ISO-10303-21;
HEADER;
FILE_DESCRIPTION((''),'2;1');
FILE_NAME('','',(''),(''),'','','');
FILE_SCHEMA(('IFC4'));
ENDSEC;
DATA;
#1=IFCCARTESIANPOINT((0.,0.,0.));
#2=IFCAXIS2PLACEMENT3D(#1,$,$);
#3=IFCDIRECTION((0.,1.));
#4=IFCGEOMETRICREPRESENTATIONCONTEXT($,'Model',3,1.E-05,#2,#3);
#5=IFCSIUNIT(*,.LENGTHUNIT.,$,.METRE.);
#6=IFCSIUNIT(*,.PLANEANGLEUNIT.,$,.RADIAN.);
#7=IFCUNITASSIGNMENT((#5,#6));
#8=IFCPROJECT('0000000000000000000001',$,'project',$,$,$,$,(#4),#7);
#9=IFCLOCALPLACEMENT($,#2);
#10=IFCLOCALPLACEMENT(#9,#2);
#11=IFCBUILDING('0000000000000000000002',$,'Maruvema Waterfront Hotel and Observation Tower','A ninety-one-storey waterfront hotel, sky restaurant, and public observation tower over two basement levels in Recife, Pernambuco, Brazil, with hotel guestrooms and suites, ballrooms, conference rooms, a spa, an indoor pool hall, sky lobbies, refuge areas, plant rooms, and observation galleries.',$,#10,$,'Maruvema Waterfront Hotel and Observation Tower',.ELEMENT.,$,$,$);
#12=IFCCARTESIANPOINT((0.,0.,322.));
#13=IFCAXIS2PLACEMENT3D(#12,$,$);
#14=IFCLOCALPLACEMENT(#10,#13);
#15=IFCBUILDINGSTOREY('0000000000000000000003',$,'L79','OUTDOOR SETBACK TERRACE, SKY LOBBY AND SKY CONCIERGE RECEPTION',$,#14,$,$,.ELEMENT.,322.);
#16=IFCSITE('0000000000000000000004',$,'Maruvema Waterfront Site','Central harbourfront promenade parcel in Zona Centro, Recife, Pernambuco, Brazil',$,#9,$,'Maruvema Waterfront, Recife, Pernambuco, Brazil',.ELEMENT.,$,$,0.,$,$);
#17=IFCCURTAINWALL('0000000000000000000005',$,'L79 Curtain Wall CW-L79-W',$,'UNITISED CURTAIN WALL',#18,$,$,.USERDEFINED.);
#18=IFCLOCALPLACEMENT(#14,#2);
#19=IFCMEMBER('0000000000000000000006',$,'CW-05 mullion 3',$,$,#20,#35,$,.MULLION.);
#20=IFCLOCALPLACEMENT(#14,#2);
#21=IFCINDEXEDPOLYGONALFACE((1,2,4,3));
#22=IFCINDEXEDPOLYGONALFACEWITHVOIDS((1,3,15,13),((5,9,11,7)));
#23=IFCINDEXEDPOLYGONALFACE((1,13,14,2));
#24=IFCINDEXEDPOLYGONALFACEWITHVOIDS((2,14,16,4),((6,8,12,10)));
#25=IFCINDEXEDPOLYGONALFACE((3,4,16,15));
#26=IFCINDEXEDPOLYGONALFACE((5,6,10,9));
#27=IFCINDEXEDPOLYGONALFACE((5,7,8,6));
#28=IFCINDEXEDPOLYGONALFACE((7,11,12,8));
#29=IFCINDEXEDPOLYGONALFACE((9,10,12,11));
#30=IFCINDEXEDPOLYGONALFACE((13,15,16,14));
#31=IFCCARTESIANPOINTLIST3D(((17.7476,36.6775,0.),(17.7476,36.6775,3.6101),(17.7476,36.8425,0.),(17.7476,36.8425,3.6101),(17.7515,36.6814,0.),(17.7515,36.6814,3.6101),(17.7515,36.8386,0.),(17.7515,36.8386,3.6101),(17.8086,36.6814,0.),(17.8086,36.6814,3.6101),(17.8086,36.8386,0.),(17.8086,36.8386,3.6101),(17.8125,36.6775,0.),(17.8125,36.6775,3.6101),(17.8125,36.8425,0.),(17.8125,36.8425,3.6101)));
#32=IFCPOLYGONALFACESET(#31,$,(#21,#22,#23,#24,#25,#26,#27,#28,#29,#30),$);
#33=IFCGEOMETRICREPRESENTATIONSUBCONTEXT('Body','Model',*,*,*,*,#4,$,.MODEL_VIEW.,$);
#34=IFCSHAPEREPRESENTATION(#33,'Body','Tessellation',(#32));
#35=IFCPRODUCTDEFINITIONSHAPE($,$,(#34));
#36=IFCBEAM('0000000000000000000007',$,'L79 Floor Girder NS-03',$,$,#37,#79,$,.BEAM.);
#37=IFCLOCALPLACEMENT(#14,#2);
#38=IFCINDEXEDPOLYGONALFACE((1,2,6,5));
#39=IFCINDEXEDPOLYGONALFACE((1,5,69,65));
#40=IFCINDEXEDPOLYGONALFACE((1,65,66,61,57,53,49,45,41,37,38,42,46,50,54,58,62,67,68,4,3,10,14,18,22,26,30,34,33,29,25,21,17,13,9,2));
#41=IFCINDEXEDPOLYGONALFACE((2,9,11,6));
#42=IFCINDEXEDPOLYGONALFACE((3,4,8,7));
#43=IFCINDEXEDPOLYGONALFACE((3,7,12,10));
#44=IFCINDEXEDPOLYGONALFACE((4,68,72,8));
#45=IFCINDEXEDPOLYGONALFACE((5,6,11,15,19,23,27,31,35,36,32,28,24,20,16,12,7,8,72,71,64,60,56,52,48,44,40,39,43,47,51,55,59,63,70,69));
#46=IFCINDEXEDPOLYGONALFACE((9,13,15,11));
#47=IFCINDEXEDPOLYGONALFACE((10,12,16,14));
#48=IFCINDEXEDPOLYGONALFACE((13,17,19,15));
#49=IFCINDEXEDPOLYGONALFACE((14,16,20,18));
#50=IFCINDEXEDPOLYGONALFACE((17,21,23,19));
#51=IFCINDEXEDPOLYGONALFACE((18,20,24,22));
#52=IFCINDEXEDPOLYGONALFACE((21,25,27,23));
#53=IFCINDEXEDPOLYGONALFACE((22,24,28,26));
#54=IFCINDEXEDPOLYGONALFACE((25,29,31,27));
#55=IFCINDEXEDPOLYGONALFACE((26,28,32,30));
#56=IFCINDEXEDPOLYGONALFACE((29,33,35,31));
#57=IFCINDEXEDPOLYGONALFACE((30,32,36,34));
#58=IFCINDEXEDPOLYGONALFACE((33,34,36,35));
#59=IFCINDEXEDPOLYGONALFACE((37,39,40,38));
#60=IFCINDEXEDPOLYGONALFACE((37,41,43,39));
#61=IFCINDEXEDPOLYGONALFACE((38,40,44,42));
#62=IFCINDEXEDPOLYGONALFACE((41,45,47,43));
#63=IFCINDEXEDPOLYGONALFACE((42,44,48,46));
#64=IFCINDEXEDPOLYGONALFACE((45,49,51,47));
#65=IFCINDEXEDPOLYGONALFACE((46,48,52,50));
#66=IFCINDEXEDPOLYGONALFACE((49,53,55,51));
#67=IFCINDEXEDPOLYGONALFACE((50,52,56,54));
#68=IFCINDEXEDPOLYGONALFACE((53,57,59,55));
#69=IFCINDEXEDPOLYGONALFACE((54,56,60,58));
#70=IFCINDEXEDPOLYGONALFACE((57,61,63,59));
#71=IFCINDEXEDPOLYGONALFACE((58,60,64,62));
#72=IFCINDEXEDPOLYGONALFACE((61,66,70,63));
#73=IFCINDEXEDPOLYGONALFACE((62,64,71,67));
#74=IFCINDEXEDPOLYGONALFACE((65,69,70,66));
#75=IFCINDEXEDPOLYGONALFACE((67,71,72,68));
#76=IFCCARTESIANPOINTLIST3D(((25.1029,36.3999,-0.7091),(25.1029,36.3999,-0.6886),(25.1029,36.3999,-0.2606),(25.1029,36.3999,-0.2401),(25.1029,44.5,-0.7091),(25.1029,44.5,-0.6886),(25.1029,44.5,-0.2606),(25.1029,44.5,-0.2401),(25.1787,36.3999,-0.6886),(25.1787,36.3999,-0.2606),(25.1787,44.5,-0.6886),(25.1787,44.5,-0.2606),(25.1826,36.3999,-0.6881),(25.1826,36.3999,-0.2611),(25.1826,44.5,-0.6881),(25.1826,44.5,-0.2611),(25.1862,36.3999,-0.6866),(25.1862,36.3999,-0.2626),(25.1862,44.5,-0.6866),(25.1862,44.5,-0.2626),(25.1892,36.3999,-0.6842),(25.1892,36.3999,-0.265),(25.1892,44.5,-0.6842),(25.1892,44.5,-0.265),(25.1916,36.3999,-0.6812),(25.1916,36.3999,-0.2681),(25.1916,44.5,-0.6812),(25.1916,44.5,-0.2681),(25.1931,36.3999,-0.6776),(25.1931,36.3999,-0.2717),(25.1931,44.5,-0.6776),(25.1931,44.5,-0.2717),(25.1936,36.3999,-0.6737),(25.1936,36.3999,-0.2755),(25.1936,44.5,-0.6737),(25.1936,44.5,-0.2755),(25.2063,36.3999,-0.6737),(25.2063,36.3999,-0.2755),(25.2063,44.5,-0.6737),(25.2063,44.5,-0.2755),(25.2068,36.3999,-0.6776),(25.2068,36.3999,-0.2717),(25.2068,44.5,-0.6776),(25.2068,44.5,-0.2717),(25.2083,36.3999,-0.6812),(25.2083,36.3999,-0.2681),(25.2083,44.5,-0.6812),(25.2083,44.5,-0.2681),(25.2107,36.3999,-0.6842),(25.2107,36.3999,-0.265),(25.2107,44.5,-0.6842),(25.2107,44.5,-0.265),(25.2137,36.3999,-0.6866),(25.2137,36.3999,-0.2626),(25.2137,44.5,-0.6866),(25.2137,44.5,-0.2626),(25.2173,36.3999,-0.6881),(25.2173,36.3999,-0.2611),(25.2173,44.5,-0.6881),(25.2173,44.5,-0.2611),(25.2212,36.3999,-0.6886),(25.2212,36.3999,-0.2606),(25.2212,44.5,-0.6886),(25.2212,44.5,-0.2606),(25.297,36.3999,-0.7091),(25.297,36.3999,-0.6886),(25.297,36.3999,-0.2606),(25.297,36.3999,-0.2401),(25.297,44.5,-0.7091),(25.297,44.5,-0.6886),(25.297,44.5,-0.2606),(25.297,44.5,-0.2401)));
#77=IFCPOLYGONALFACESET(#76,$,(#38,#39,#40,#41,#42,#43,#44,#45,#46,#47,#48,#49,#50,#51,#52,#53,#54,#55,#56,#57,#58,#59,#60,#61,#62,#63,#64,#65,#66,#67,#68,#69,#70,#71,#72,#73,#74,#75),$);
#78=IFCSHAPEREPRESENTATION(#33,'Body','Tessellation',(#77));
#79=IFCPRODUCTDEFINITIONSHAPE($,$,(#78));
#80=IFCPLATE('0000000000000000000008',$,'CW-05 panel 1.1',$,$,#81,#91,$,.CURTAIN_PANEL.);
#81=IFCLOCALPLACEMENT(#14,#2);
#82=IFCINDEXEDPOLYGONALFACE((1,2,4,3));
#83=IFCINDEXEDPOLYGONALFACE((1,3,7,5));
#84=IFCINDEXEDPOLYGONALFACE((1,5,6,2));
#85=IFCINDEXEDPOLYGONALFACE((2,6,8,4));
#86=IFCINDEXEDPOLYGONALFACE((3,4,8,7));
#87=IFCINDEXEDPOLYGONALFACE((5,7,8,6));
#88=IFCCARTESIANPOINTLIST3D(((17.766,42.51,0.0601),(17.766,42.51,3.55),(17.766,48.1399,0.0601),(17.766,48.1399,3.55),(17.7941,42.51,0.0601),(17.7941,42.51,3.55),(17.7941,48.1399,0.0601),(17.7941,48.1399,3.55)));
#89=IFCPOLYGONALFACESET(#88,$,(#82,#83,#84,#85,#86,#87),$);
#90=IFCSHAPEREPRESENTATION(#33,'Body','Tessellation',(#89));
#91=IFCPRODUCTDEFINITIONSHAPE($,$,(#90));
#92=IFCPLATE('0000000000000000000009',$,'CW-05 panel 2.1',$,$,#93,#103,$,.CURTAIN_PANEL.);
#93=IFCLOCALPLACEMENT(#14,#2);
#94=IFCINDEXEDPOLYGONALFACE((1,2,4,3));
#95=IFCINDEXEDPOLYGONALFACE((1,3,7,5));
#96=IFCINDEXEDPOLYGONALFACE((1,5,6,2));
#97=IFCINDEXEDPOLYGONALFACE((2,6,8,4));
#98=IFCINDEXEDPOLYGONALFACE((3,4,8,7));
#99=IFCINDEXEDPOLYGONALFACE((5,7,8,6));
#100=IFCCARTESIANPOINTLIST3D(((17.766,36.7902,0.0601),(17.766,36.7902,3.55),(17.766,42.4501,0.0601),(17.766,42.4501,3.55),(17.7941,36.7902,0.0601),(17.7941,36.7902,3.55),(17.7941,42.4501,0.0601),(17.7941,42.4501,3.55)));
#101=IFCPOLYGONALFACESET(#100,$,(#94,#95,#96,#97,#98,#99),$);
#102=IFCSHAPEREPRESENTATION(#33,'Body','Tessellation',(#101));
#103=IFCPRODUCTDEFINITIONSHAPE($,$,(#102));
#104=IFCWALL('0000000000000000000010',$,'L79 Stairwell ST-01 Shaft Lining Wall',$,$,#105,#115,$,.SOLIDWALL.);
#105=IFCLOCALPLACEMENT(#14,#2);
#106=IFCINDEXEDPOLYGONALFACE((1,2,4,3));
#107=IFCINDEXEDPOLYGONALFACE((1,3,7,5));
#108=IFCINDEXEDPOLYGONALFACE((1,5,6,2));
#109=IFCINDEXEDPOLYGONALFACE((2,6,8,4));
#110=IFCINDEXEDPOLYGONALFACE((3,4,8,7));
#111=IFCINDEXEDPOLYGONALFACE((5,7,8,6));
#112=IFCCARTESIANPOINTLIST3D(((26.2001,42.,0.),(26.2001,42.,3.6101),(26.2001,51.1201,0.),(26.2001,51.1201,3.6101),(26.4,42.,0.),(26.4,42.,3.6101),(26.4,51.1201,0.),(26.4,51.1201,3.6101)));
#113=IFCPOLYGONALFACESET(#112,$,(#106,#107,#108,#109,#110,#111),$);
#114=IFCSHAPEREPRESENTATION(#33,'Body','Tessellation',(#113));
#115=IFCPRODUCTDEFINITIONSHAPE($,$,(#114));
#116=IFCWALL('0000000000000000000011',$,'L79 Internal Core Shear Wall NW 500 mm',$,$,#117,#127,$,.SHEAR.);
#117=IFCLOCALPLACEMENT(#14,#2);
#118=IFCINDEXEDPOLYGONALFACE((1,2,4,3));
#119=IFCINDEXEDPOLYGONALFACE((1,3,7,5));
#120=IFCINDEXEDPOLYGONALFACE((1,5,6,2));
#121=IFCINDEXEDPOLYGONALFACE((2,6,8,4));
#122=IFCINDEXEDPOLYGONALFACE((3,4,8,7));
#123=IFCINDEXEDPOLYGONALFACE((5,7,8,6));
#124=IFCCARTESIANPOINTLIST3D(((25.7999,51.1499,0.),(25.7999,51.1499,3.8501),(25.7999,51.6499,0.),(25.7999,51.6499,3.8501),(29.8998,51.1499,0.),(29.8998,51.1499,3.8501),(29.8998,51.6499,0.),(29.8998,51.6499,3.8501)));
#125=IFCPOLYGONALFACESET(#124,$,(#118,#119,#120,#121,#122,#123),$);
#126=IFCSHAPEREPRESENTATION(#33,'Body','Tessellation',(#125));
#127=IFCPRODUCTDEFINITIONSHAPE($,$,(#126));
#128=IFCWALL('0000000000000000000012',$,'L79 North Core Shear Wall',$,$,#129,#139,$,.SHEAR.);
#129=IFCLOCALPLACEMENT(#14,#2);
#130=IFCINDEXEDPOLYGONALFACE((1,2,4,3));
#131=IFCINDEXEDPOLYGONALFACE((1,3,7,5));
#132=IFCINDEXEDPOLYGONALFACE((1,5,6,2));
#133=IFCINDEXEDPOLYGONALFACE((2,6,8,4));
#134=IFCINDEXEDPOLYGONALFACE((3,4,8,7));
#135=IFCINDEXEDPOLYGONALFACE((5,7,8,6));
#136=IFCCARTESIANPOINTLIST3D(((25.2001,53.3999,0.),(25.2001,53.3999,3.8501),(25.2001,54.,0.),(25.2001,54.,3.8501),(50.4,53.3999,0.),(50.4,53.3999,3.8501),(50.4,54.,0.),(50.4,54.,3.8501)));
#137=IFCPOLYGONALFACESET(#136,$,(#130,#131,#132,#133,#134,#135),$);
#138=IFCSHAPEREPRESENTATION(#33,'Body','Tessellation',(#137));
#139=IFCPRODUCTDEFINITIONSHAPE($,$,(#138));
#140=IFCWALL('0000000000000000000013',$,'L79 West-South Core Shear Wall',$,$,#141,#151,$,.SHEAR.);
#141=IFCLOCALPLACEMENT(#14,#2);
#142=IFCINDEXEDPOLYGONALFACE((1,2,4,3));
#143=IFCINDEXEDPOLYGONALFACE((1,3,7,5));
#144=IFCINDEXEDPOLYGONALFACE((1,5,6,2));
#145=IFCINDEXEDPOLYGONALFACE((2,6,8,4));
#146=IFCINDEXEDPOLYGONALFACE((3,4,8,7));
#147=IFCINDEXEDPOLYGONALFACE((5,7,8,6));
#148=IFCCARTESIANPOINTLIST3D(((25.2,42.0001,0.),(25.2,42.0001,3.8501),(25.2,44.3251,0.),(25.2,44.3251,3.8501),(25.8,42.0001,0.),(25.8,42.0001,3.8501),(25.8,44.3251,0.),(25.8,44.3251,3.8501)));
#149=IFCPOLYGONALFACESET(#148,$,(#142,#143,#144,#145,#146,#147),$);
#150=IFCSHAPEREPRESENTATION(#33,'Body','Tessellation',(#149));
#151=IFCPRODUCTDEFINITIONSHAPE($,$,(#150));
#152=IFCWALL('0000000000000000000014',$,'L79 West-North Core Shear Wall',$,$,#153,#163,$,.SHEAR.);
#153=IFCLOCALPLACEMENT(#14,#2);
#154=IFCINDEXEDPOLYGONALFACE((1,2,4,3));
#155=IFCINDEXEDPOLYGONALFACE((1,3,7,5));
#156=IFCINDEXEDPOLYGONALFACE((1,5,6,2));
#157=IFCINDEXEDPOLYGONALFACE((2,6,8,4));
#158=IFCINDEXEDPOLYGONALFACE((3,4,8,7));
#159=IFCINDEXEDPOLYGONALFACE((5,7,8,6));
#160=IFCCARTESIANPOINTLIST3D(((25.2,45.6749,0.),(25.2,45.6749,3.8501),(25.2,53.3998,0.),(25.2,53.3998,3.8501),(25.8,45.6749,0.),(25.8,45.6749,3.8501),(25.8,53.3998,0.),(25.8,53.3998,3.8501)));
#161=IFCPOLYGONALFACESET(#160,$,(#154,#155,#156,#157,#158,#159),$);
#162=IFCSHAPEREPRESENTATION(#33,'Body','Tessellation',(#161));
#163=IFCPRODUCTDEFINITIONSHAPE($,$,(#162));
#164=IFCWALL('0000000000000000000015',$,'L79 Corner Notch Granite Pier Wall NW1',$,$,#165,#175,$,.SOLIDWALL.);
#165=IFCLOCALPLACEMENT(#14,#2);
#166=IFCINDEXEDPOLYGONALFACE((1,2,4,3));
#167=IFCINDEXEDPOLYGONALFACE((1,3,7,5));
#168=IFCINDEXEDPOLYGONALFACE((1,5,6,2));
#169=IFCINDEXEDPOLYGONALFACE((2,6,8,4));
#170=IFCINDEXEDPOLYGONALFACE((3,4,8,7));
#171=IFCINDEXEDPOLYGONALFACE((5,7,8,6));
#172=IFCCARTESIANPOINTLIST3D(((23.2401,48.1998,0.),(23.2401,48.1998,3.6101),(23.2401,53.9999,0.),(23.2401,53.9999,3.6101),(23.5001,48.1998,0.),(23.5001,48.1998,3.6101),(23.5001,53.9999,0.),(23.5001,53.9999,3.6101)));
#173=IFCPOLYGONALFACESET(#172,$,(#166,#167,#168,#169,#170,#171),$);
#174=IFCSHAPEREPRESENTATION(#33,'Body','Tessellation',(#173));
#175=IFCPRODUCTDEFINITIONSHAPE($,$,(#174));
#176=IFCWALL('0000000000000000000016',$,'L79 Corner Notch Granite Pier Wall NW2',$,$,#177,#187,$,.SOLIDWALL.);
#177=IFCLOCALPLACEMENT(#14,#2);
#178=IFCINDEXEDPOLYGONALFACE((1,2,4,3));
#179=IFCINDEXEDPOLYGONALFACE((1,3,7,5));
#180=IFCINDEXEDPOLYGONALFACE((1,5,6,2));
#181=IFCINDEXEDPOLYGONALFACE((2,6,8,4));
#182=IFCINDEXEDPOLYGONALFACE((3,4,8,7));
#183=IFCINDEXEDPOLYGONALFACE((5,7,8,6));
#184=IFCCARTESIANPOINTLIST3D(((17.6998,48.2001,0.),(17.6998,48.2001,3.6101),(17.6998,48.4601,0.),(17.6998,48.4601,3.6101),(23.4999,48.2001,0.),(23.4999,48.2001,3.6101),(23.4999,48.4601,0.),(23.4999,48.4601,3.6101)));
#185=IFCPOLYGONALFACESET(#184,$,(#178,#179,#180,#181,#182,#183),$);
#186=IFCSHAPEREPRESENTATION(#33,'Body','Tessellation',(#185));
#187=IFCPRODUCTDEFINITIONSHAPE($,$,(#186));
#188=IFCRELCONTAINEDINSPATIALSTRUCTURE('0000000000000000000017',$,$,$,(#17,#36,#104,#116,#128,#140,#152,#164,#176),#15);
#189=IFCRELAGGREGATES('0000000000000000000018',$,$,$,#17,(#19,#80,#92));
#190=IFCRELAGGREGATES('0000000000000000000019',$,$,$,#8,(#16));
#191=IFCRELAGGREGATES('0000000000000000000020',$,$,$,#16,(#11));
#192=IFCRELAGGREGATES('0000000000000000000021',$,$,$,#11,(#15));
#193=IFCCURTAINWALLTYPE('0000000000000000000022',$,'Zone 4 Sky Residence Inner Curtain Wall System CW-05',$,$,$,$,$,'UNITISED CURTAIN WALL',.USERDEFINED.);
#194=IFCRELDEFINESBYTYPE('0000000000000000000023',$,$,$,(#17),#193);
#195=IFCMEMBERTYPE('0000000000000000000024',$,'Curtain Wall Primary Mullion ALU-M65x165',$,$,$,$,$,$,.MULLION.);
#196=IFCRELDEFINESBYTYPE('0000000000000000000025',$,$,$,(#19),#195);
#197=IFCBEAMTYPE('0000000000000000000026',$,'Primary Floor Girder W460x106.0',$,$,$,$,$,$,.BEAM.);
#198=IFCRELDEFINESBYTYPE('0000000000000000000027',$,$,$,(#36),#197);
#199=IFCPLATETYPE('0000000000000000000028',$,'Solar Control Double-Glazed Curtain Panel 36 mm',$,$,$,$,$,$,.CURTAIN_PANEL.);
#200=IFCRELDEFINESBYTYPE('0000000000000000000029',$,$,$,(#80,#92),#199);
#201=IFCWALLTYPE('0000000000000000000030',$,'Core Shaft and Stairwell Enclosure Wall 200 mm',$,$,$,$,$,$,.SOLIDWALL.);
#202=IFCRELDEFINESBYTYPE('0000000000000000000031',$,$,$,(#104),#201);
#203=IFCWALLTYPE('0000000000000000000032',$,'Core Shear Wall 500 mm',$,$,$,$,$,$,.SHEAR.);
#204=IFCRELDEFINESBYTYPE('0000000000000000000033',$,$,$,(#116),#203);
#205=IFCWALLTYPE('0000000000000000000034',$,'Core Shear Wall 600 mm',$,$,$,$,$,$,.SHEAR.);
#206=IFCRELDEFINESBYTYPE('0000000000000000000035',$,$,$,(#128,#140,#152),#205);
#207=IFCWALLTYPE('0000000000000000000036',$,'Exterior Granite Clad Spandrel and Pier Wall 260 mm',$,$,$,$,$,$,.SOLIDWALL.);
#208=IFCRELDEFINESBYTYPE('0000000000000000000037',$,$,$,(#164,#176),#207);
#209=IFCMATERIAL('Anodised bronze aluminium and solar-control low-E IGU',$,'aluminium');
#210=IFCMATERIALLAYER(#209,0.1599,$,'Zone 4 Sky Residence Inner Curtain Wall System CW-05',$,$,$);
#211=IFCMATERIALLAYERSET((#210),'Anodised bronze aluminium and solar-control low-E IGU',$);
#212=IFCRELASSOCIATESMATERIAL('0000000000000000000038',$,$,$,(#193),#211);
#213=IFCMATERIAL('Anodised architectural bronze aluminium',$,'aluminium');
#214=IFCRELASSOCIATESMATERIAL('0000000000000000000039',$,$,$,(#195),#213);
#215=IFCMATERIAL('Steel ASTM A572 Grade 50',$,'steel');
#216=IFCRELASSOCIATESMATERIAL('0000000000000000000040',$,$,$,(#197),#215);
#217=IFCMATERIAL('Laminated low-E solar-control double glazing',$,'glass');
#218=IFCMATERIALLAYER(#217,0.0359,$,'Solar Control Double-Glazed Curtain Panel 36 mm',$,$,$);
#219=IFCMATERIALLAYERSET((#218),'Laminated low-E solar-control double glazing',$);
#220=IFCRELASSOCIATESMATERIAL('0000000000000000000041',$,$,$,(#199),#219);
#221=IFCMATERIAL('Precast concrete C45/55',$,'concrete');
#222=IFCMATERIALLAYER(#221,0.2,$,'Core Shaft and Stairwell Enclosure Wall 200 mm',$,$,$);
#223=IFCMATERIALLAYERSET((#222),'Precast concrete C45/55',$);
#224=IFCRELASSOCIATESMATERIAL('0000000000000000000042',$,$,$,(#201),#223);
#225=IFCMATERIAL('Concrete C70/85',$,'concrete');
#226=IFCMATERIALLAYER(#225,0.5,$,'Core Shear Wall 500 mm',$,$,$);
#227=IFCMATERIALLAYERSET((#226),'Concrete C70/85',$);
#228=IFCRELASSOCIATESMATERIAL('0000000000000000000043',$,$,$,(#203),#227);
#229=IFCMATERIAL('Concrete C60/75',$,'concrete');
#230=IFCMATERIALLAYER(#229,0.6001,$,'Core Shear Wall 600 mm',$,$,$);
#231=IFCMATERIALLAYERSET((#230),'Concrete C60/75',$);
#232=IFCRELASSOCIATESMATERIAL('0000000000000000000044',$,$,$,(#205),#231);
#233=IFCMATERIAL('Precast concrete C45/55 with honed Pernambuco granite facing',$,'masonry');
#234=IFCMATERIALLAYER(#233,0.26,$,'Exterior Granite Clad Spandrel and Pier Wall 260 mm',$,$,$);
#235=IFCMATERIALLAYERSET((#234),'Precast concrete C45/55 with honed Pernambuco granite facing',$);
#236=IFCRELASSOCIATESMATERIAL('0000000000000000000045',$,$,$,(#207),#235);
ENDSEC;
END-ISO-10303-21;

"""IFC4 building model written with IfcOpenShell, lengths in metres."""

from ifc_helpers import new_model, si_unit, direction, frame, frame_2d, origin, origin_2d, place, context, subcontext, project, spatial, rectangle, hollow_rectangle, i_section, extrude, material, layer, layer_set, material_profile, profile_set, type_object, element, aggregate, save


model = new_model("IFC4")

# Units and contexts
model_context = context("Model", 3, precision=1e-05, world=origin(), true_north=direction((0.0, 1.0)))
body_context = subcontext(model_context, "Body", "Model", "MODEL_VIEW")
ifc_project = project(units=[si_unit("LENGTHUNIT", "METRE"), si_unit("PLANEANGLEUNIT", "RADIAN")], contexts=[model_context])

# Site, building, storey
site_placement = place(None, origin())
site = spatial("IfcSite", under=ifc_project, at=site_placement, Name="Maruvema Waterfront Site", Description="Central harbourfront promenade parcel in Zona Centro, Recife, Pernambuco, Brazil", LongName="Maruvema Waterfront, Recife, Pernambuco, Brazil", CompositionType="ELEMENT", RefElevation=0.0)
building_placement = place(site_placement, origin())
building = spatial("IfcBuilding", under=site, at=building_placement, Name="Maruvema Waterfront Hotel and Observation Tower", Description="A ninety-one-storey waterfront hotel, sky restaurant, and public observation tower over two basement levels in Recife, Pernambuco, Brazil, with hotel guestrooms and suites, ballrooms, conference rooms, a spa, an indoor pool hall, sky lobbies, refuge areas, plant rooms, and observation galleries.", LongName="Maruvema Waterfront Hotel and Observation Tower", CompositionType="ELEMENT")
storey_placement = place(building_placement, frame((0.0, 0.0, 322.0)))
storey = spatial("IfcBuildingStorey", under=building, at=storey_placement, Name="L79", Description="OUTDOOR SETBACK TERRACE, SKY LOBBY AND SKY CONCIERGE RECEPTION", CompositionType="ELEMENT", Elevation=322.0)

# Curtain wall, member
ifc_material_1 = material(Name="Anodised bronze aluminium and solar-control low-E IGU", Category="aluminium")
ifc_layer_1 = layer(ifc_material_1, 0.1599, Name="Zone 4 Sky Residence Inner Curtain Wall System CW-05")
ifc_layer_set_1 = layer_set([ifc_layer_1], Name="Anodised bronze aluminium and solar-control low-E IGU")
curtain_wall_type = type_object("IfcCurtainWallType", Name="Zone 4 Sky Residence Inner Curtain Wall System CW-05", ElementType="UNITISED CURTAIN WALL", PredefinedType="USERDEFINED", material=ifc_layer_set_1)
curtain_wall_placement = place(storey_placement, origin())
curtain_wall = element("IfcCurtainWall", 1, at=curtain_wall_placement, inside=storey, type_object=curtain_wall_type, Name="L79 Curtain Wall CW-L79-W", ObjectType="UNITISED CURTAIN WALL", PredefinedType="USERDEFINED")
ifc_material_2 = material(Name="Anodised architectural bronze aluminium", Category="aluminium")
ifc_material_profile_1 = material_profile(ifc_material_2, hollow_rectangle(XDim=0.0649, YDim=0.165, WallThickness=0.0039, at=origin_2d()), Name="ALU-M65x165")
ifc_profile_set_1 = profile_set([ifc_material_profile_1], Name="Anodised architectural bronze aluminium")
member_type_1 = type_object("IfcMemberType", Name="Curtain Wall Primary Mullion ALU-M65x165", PredefinedType="MULLION", material=ifc_profile_set_1)
member_1_placement = place(storey_placement, frame((17.78, 36.76, 0.0), z_axis=(0.0, 0.0, 1.0), x_axis=(1.0, 0.0, 0.0)))
member_1 = element("IfcMember", 2, at=member_1_placement, type_object=member_type_1, Name="CW-05 mullion 3", PredefinedType="MULLION", context=body_context, shape_type="SweptSolid", body=[
    extrude(hollow_rectangle(XDim=0.0649, YDim=0.165, WallThickness=0.0039, at=origin_2d()), origin(), (0.0, 0.0, 1.0), 3.6101),
])

# Beam
ifc_material_3 = material(Name="Steel ASTM A572 Grade 50", Category="steel")
ifc_material_profile_2 = material_profile(ifc_material_3, i_section(OverallWidth=0.1941, OverallDepth=0.469, WebThickness=0.0127, FlangeThickness=0.0205, FilletRadius=0.0149, at=origin_2d()), Name="W460x106.0")
ifc_profile_set_2 = profile_set([ifc_material_profile_2], Name="Steel ASTM A572 Grade 50")
beam_type = type_object("IfcBeamType", Name="Primary Floor Girder W460x106.0", PredefinedType="BEAM", material=ifc_profile_set_2)
beam_placement = place(storey_placement, frame((25.2, 36.3999, -0.4746), z_axis=(0.0, 1.0, 0.0), x_axis=(-1.0, 0.0, 0.0)))
element("IfcBeam", 3, at=beam_placement, inside=storey, type_object=beam_type, Name="L79 Floor Girder NS-03", PredefinedType="BEAM", context=body_context, shape_type="SweptSolid", body=[
    extrude(i_section(OverallWidth=0.1941, OverallDepth=0.469, WebThickness=0.0127, FlangeThickness=0.0205, FilletRadius=0.0149, at=origin_2d()), origin(), (0.0, 0.0, 1.0), 8.1001),
])

# Plates
ifc_material_4 = material(Name="Laminated low-E solar-control double glazing", Category="glass")
ifc_layer_2 = layer(ifc_material_4, 0.0359, Name="Solar Control Double-Glazed Curtain Panel 36 mm")
ifc_layer_set_2 = layer_set([ifc_layer_2], Name="Laminated low-E solar-control double glazing")
plate_type = type_object("IfcPlateType", Name="Solar Control Double-Glazed Curtain Panel 36 mm", PredefinedType="CURTAIN_PANEL", material=ifc_layer_set_2)
plate_1_placement = place(storey_placement, frame((17.78, 45.325, 0.0601), z_axis=(0.0, 0.0, 1.0), x_axis=(0.0, -1.0, 0.0)))
plate_1 = element("IfcPlate", 4, at=plate_1_placement, type_object=plate_type, Name="CW-05 panel 1.1", PredefinedType="CURTAIN_PANEL", context=body_context, shape_type="SweptSolid", body=[
    extrude(rectangle(XDim=5.6299, YDim=0.0281, at=origin_2d()), origin(), (0.0, 0.0, 1.0), 3.49),
])
plate_2_placement = place(storey_placement, frame((17.78, 39.6201, 0.0601), z_axis=(0.0, 0.0, 1.0), x_axis=(0.0, -1.0, 0.0)))
plate_2 = element("IfcPlate", 5, at=plate_2_placement, type_object=plate_type, Name="CW-05 panel 2.1", PredefinedType="CURTAIN_PANEL", context=body_context, shape_type="SweptSolid", body=[
    extrude(rectangle(XDim=5.6599, YDim=0.0281, at=origin_2d()), origin(), (0.0, 0.0, 1.0), 3.49),
])
aggregate(curtain_wall, [member_1, plate_1, plate_2])

# Walls
ifc_material_5 = material(Name="Precast concrete C45/55", Category="concrete")
ifc_layer_3 = layer(ifc_material_5, 0.2, Name="Core Shaft and Stairwell Enclosure Wall 200 mm")
ifc_layer_set_3 = layer_set([ifc_layer_3], Name="Precast concrete C45/55")
wall_type_1 = type_object("IfcWallType", Name="Core Shaft and Stairwell Enclosure Wall 200 mm", PredefinedType="SOLIDWALL", material=ifc_layer_set_3)
wall_1_placement = place(storey_placement, frame((26.3, 42.0, 0.0), z_axis=(0.0, 0.0, 1.0), x_axis=(0.0, 1.0, 0.0)))
element("IfcWall", 6, at=wall_1_placement, inside=storey, type_object=wall_type_1, Name="L79 Stairwell ST-01 Shaft Lining Wall", PredefinedType="SOLIDWALL", context=body_context, shape_type="SweptSolid", body=[
    extrude(rectangle(XDim=9.1201, YDim=0.2, at=frame_2d((4.5601, 0.0))), origin(), (0.0, 0.0, 1.0), 3.6101),
])
ifc_material_6 = material(Name="Concrete C70/85", Category="concrete")
ifc_layer_4 = layer(ifc_material_6, 0.5, Name="Core Shear Wall 500 mm")
ifc_layer_set_4 = layer_set([ifc_layer_4], Name="Concrete C70/85")
wall_type_2 = type_object("IfcWallType", Name="Core Shear Wall 500 mm", PredefinedType="SHEAR", material=ifc_layer_set_4)
wall_2_placement = place(storey_placement, frame((25.8, 51.3999, 0.0), z_axis=(0.0, 0.0, 1.0), x_axis=(1.0, 0.0, 0.0)))
element("IfcWall", 7, at=wall_2_placement, inside=storey, type_object=wall_type_2, Name="L79 Internal Core Shear Wall NW 500 mm", PredefinedType="SHEAR", context=body_context, shape_type="SweptSolid", body=[
    extrude(rectangle(XDim=4.0999, YDim=0.5, at=frame_2d((2.0498, 0.0))), origin(), (0.0, 0.0, 1.0), 3.8501),
])
ifc_material_7 = material(Name="Concrete C60/75", Category="concrete")
ifc_layer_5 = layer(ifc_material_7, 0.6001, Name="Core Shear Wall 600 mm")
ifc_layer_set_5 = layer_set([ifc_layer_5], Name="Concrete C60/75")
wall_type_3 = type_object("IfcWallType", Name="Core Shear Wall 600 mm", PredefinedType="SHEAR", material=ifc_layer_set_5)
wall_3_placement = place(storey_placement, frame((25.2, 53.7, 0.0), z_axis=(0.0, 0.0, 1.0), x_axis=(1.0, 0.0, 0.0)))
element("IfcWall", 8, at=wall_3_placement, inside=storey, type_object=wall_type_3, Name="L79 North Core Shear Wall", PredefinedType="SHEAR", context=body_context, shape_type="SweptSolid", body=[
    extrude(rectangle(XDim=25.2, YDim=0.6001, at=frame_2d((12.6001, 0.0))), origin(), (0.0, 0.0, 1.0), 3.8501),
])

# Walls
wall_4_placement = place(storey_placement, frame((25.5, 42.0, 0.0), z_axis=(0.0, 0.0, 1.0), x_axis=(0.0, 1.0, 0.0)))
element("IfcWall", 9, at=wall_4_placement, inside=storey, type_object=wall_type_3, Name="L79 West-South Core Shear Wall", PredefinedType="SHEAR", context=body_context, shape_type="SweptSolid", body=[
    extrude(rectangle(XDim=2.325, YDim=0.6001, at=frame_2d((1.1626, 0.0))), origin(), (0.0, 0.0, 1.0), 3.8501),
])
wall_5_placement = place(storey_placement, frame((25.5, 45.675, 0.0), z_axis=(0.0, 0.0, 1.0), x_axis=(0.0, 1.0, 0.0)))
element("IfcWall", 10, at=wall_5_placement, inside=storey, type_object=wall_type_3, Name="L79 West-North Core Shear Wall", PredefinedType="SHEAR", context=body_context, shape_type="SweptSolid", body=[
    extrude(rectangle(XDim=7.7249, YDim=0.6001, at=frame_2d((3.8623, 0.0))), origin(), (0.0, 0.0, 1.0), 3.8501),
])
ifc_material_8 = material(Name="Precast concrete C45/55 with honed Pernambuco granite facing", Category="masonry")
ifc_layer_6 = layer(ifc_material_8, 0.26, Name="Exterior Granite Clad Spandrel and Pier Wall 260 mm")
ifc_layer_set_6 = layer_set([ifc_layer_6], Name="Precast concrete C45/55 with honed Pernambuco granite facing")
wall_type_4 = type_object("IfcWallType", Name="Exterior Granite Clad Spandrel and Pier Wall 260 mm", PredefinedType="SOLIDWALL", material=ifc_layer_set_6)
for number, where, z_axis, x_axis, name in (
    (11, (23.3701, 48.2, 0.0), (0.0, 0.0, 1.0), (0.0, 1.0, 0.0), "L79 Corner Notch Granite Pier Wall NW1"),
    (12, (17.7, 48.3301, 0.0), (0.0, 0.0, 1.0), (1.0, 0.0, 0.0), "L79 Corner Notch Granite Pier Wall NW2"),
):
    element("IfcWall", number, at=place(storey_placement, frame(where, z_axis=z_axis, x_axis=x_axis)), inside=storey, type_object=wall_type_4, Name=name, PredefinedType="SOLIDWALL", context=body_context, shape_type="SweptSolid", body=[
        extrude(rectangle(XDim=5.8, YDim=0.26, at=frame_2d((2.8999, 0.0))), origin(), (0.0, 0.0, 1.0), 3.6101),
    ])

save(model, "model.ifc")
